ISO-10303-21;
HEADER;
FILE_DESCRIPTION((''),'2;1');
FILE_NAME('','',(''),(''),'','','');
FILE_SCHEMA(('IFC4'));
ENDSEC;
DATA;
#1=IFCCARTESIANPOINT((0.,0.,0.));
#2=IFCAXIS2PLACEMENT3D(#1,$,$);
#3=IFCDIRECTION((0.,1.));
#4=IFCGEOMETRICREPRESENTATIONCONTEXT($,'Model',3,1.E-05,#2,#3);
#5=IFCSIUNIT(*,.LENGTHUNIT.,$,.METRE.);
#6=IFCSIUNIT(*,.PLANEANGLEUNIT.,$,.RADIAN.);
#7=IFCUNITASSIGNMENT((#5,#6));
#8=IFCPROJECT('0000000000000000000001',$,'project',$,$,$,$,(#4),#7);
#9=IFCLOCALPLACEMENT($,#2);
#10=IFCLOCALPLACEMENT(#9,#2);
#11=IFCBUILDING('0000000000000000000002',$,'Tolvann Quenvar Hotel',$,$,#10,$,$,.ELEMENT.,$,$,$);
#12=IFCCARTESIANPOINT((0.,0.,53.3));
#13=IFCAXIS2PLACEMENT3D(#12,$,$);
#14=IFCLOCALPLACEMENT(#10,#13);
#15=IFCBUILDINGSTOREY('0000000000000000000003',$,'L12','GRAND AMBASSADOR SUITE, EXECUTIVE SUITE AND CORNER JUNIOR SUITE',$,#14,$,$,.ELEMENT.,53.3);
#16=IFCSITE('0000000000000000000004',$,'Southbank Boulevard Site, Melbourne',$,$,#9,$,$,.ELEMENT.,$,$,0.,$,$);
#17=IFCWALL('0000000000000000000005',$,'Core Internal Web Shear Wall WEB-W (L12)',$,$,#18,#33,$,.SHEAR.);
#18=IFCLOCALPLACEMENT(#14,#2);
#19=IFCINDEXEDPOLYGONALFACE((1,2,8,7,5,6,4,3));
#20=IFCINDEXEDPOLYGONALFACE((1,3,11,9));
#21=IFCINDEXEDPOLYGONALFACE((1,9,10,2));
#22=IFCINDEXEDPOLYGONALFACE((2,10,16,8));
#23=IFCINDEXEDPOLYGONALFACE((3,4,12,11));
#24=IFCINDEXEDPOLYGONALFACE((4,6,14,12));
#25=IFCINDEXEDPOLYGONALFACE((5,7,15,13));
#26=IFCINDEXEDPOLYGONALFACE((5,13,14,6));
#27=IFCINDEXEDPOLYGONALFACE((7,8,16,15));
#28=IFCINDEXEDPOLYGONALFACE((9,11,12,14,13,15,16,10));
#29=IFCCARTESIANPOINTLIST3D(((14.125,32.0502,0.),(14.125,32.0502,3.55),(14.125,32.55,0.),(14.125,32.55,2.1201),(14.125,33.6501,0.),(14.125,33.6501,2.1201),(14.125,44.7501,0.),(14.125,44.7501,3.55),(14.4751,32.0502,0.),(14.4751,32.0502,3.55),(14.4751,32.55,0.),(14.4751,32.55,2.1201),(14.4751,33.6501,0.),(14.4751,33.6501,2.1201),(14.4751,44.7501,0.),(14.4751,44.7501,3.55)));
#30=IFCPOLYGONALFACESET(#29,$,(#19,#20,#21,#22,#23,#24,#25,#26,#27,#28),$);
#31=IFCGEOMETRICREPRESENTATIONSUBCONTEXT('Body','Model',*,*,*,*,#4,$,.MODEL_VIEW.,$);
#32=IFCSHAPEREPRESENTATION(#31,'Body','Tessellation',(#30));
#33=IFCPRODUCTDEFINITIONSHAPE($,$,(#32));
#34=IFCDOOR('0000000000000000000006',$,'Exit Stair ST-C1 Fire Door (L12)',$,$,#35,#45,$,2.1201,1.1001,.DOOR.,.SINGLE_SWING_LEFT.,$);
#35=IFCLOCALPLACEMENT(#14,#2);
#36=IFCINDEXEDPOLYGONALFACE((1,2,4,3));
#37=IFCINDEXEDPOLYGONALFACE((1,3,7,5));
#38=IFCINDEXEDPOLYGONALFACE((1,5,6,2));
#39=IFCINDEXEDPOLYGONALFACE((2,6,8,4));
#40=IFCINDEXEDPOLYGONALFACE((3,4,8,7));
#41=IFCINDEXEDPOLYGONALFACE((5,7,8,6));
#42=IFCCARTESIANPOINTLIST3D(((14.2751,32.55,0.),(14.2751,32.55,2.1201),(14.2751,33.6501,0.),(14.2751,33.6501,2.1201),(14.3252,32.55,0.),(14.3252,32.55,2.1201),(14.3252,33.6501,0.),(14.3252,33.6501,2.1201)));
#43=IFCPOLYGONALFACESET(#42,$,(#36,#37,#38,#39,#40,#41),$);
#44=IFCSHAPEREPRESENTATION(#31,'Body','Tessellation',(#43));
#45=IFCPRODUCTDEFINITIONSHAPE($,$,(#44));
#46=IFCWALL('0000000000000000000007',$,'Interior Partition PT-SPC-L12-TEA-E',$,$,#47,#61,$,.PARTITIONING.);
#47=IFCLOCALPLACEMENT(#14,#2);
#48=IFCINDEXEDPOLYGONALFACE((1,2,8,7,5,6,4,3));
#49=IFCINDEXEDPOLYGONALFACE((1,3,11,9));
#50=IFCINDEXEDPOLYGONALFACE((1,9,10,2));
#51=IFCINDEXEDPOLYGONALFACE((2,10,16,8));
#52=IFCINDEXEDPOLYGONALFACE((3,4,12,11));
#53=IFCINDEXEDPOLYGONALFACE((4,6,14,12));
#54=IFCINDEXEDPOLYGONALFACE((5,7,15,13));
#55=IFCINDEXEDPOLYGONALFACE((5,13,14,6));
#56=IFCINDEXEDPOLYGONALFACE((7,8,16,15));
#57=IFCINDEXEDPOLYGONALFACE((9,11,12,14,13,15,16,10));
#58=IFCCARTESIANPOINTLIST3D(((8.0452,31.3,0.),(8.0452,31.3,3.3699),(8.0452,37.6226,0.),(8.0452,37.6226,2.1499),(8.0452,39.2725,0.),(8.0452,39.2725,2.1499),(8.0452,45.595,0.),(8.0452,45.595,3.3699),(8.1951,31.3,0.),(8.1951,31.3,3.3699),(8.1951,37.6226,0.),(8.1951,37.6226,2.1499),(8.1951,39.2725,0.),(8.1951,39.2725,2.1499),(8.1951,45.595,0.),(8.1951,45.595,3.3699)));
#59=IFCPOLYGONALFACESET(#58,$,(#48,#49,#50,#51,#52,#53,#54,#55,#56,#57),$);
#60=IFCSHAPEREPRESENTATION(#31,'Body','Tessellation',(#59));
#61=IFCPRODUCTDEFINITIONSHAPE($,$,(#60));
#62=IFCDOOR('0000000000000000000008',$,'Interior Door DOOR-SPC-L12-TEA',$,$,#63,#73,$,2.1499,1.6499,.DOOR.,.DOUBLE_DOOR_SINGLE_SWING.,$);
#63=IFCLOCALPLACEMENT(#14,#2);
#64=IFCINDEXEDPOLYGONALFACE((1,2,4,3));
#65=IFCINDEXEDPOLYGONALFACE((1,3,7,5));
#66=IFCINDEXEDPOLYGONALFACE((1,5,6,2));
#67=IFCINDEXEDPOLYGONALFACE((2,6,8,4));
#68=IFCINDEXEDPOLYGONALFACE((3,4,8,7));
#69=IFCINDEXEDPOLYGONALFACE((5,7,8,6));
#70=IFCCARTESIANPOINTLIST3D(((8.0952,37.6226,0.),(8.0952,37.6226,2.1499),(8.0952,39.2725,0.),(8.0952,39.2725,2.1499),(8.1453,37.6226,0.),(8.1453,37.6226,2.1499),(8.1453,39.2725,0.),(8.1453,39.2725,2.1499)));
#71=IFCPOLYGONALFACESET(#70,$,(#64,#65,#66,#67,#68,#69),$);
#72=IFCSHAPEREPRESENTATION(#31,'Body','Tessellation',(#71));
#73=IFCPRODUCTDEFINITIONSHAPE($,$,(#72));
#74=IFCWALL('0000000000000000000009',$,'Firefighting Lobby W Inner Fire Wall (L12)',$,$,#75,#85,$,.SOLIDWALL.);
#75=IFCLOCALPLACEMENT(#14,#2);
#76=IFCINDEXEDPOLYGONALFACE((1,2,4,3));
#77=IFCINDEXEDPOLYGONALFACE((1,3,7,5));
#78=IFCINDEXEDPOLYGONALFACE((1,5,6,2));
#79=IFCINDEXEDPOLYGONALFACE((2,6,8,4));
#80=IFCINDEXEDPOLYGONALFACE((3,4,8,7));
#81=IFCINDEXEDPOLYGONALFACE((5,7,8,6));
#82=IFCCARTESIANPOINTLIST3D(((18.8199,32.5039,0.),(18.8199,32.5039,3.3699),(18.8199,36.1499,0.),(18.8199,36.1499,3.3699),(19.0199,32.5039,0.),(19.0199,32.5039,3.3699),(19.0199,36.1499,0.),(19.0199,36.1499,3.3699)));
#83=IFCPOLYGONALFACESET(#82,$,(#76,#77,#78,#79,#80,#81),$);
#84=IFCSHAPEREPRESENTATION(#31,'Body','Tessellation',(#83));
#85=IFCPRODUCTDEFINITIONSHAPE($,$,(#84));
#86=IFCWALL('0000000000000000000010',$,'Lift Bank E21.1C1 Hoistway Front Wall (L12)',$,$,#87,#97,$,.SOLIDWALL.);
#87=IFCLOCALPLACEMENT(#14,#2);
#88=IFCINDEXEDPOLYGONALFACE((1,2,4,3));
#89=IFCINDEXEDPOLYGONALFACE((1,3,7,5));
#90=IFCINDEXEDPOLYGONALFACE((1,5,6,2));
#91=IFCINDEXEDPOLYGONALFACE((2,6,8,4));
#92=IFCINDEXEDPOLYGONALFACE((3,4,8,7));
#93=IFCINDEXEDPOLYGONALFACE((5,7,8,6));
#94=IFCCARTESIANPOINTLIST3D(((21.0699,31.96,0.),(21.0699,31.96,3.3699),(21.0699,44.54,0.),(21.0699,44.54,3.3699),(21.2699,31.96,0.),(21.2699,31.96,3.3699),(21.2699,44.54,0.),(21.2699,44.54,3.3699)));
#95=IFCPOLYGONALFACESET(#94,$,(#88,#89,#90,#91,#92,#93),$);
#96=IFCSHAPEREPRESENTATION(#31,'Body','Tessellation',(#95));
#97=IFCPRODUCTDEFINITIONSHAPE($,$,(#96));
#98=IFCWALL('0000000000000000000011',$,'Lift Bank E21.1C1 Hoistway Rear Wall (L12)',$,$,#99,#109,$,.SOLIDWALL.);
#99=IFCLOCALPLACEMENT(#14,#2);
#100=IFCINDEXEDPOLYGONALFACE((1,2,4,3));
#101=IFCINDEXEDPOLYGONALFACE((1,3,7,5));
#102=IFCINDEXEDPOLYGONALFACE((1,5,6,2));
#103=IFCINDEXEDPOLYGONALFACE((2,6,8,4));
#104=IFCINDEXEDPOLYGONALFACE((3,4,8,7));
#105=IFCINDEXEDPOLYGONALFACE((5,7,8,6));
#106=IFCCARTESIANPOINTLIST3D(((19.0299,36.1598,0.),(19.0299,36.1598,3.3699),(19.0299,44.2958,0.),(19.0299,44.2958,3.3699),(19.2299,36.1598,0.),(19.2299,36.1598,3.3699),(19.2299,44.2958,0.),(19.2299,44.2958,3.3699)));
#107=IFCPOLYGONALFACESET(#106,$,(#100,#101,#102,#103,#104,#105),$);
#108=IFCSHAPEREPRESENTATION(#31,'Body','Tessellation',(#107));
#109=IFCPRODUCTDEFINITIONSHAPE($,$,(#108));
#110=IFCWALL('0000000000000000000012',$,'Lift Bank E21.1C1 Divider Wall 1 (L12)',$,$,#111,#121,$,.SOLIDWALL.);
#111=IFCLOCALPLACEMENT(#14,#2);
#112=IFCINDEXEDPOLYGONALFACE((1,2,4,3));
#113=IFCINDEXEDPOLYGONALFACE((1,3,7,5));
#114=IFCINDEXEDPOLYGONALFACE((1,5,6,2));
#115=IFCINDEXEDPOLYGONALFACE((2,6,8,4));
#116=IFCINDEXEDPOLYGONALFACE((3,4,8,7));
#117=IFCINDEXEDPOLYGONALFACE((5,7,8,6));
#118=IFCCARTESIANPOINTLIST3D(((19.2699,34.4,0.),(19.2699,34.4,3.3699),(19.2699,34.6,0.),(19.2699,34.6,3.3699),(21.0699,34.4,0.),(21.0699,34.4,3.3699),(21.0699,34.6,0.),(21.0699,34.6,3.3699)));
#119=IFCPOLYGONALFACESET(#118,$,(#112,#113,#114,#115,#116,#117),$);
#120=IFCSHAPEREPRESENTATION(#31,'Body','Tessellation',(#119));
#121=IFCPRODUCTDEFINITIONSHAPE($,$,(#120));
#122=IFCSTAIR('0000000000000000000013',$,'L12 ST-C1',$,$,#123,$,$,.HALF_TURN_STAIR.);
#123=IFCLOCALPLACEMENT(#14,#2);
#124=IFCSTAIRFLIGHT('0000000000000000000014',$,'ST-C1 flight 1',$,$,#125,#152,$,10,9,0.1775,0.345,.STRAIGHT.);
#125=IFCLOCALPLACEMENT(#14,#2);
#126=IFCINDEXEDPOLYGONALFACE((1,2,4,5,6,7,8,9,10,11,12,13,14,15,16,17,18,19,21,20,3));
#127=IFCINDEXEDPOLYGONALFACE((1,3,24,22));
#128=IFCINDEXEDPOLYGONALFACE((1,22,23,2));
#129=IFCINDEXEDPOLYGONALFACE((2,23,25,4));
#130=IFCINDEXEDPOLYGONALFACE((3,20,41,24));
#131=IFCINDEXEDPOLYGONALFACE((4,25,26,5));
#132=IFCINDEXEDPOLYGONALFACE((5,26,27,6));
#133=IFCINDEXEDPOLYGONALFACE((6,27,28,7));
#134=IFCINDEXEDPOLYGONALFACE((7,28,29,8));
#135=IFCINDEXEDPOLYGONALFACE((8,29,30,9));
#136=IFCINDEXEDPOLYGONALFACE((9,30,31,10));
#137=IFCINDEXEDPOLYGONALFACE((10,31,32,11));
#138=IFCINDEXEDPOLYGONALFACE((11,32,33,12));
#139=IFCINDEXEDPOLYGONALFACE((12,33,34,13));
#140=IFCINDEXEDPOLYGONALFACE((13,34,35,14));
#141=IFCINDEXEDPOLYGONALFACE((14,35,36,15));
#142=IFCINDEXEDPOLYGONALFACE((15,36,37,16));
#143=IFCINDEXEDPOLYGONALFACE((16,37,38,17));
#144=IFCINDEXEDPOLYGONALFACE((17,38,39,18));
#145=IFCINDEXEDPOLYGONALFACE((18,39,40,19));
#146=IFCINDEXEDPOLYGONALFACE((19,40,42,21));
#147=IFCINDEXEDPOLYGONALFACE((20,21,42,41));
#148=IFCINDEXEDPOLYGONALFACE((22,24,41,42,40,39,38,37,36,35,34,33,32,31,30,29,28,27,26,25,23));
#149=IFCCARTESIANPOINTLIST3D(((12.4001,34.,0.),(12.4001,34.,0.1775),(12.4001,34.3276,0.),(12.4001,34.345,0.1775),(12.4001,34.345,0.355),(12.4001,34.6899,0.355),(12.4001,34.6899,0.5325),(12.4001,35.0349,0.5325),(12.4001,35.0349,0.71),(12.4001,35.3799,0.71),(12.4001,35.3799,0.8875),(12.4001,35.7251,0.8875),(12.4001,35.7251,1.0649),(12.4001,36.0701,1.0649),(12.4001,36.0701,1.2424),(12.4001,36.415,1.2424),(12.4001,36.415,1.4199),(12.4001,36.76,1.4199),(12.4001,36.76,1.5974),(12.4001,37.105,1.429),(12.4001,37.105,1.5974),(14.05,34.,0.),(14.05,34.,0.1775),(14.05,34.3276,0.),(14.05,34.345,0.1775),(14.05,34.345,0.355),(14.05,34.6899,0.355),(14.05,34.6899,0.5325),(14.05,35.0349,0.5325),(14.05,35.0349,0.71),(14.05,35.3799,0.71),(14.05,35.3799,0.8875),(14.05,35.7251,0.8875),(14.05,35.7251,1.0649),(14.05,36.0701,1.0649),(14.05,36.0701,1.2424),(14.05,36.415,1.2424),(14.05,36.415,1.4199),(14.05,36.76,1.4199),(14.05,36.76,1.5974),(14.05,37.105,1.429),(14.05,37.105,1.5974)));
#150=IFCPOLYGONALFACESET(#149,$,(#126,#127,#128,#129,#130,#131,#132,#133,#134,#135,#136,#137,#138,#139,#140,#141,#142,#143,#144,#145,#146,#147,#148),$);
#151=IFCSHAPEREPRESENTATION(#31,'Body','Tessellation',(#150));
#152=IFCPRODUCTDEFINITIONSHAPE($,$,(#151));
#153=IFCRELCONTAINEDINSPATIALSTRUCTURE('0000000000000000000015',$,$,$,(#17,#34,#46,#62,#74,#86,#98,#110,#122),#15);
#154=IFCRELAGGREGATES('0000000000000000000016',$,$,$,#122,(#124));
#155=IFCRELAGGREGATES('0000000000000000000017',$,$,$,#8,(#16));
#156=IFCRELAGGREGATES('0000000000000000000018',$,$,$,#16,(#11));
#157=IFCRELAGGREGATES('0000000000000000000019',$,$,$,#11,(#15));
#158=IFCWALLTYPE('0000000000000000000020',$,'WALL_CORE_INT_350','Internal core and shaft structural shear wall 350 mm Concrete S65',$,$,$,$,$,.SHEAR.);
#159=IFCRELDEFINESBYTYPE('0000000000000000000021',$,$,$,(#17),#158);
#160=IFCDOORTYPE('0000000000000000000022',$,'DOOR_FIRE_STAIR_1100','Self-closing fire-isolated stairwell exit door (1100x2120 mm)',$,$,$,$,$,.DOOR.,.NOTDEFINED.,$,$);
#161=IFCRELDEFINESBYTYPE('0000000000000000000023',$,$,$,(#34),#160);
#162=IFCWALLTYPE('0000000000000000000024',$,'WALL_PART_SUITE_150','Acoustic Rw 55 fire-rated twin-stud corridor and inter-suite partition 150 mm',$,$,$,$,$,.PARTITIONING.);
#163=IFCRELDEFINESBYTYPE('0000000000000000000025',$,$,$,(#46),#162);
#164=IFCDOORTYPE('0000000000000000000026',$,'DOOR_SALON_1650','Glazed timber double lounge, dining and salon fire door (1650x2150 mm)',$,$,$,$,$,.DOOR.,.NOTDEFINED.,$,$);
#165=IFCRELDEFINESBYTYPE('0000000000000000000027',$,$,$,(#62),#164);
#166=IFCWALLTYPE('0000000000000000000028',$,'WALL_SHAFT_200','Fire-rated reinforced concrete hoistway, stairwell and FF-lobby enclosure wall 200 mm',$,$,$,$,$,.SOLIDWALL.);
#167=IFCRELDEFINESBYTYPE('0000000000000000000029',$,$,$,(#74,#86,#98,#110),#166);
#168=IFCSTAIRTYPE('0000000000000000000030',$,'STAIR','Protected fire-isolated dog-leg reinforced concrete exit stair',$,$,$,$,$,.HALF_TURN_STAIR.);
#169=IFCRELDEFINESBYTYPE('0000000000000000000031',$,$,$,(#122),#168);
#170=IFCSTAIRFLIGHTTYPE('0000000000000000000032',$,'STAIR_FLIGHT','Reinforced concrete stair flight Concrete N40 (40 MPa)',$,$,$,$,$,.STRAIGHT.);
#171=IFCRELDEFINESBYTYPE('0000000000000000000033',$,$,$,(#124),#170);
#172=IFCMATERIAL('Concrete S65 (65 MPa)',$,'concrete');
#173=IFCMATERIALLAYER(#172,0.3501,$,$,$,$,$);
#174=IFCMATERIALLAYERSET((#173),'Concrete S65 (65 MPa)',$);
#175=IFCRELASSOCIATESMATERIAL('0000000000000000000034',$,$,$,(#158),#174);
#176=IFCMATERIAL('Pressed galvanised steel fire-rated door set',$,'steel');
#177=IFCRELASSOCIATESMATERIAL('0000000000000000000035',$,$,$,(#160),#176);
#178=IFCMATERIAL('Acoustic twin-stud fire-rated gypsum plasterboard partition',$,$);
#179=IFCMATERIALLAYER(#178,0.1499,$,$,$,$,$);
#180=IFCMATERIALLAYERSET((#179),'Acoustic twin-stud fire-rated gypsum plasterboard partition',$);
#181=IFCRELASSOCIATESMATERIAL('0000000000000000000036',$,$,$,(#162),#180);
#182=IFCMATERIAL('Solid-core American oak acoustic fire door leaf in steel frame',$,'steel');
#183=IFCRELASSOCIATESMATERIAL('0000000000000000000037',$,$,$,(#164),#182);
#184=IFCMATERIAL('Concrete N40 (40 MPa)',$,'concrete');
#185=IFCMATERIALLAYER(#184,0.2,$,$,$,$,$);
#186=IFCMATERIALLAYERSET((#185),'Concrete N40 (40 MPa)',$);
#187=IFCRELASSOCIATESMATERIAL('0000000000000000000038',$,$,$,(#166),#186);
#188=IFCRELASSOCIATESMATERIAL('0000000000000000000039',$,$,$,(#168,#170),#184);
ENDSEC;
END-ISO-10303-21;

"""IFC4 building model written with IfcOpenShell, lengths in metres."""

from ifc_helpers import new_model, si_unit, direction, frame, frame_2d, origin, place, context, subcontext, project, spatial, polyline, rectangle, outline, extrude, source, transform, mapped, material, layer, layer_set, type_object, type_shapes, element, fill, aggregate, save


model = new_model("IFC4")

# Units and contexts
model_context = context("Model", 3, precision=1e-05, world=origin(), true_north=direction((0.0, 1.0)))
body_context = subcontext(model_context, "Body", "Model", "MODEL_VIEW")
ifc_project = project(units=[si_unit("LENGTHUNIT", "METRE"), si_unit("PLANEANGLEUNIT", "RADIAN")], contexts=[model_context])

# Site, building, storey
site_placement = place(None, origin())
site = spatial("IfcSite", under=ifc_project, at=site_placement, Name="Southbank Boulevard Site, Melbourne", CompositionType="ELEMENT", RefElevation=0.0)
building_placement = place(site_placement, origin())
building = spatial("IfcBuilding", under=site, at=building_placement, Name="Tolvann Quenvar Hotel", CompositionType="ELEMENT")
storey_placement = place(building_placement, frame((0.0, 0.0, 53.3)))
storey = spatial("IfcBuildingStorey", under=building, at=storey_placement, Name="L12", Description="GRAND AMBASSADOR SUITE, EXECUTIVE SUITE AND CORNER JUNIOR SUITE", CompositionType="ELEMENT", Elevation=53.3)

# Shared definitions
ifc_material_1 = material(Name="Solid-core American oak acoustic fire door leaf in steel frame", Category="steel")

# Walls, openings, doors
ifc_material_2 = material(Name="Concrete S65 (65 MPa)", Category="concrete")
ifc_layer_1 = layer(ifc_material_2, 0.3501)
ifc_layer_set_1 = layer_set([ifc_layer_1], Name="Concrete S65 (65 MPa)")
wall_type_1 = type_object("IfcWallType", Name="WALL_CORE_INT_350", Description="Internal core and shaft structural shear wall 350 mm Concrete S65", PredefinedType="SHEAR", material=ifc_layer_set_1)
wall_1_placement = place(storey_placement, frame((14.3, 32.05, 0.0), z_axis=(0.0, 0.0, 1.0), x_axis=(0.0, 1.0, 0.0)))
wall_1 = element("IfcWall", 1, at=wall_1_placement, inside=storey, type_object=wall_type_1, Name="Core Internal Web Shear Wall WEB-W (L12)", PredefinedType="SHEAR", context=body_context, shape_type="SweptSolid", body=[
    extrude(rectangle(XDim=12.7, YDim=0.3501, at=frame_2d((6.3501, 0.0))), origin(), (0.0, 0.0, 1.0), 3.55),
])
opening_1_placement = place(wall_1_placement, frame((0.5, 0.0, 0.0)))
opening_1 = element("IfcOpeningElement", 2, at=opening_1_placement, cuts=wall_1, PredefinedType="OPENING", context=body_context, shape_type="SweptSolid", body=[
    extrude(rectangle(XDim=1.1001, YDim=2.1201, at=frame_2d((0.55, 1.0601))), frame((0.0, 0.1851, 0.0), z_axis=(0.0, -1.0, 0.0), x_axis=(1.0, 0.0, 0.0)), (0.0, 0.0, 1.0), 0.3701),
])
ifc_material_3 = material(Name="Pressed galvanised steel fire-rated door set", Category="steel")
door_type_1 = type_object("IfcDoorType", Name="DOOR_FIRE_STAIR_1100", Description="Self-closing fire-isolated stairwell exit door (1100x2120 mm)", OperationType="NOTDEFINED", PredefinedType="DOOR", material=ifc_material_3)
shared_shape_1 = source(origin(), body_context, "Body", "SweptSolid", [
    extrude(rectangle(XDim=1.1001, YDim=2.1201, at=frame_2d((0.55, 1.0601))), frame((0.0, 0.0249, 0.0), z_axis=(0.0, -1.0, 0.0), x_axis=(1.0, 0.0, 0.0)), (0.0, 0.0, 1.0), 0.05),
])
type_shapes(door_type_1, [shared_shape_1])
door_1_placement = place(opening_1_placement, origin())
door_1 = element("IfcDoor", 3, at=door_1_placement, inside=storey, type_object=door_type_1, Name="Exit Stair ST-C1 Fire Door (L12)", OperationType="SINGLE_SWING_LEFT", OverallHeight=2.1201, OverallWidth=1.1001, PredefinedType="DOOR", context=body_context, shape_type="MappedRepresentation", body=[
    mapped(shared_shape_1, transform((0.0, 0.0, 0.0), x_axis=(1.0, 0.0, 0.0), y_axis=(0.0, 1.0, 0.0), z_axis=(0.0, 0.0, 1.0), scale=1.0)),
])
fill(opening_1, door_1)
ifc_material_4 = material(Name="Acoustic twin-stud fire-rated gypsum plasterboard partition")
ifc_layer_2 = layer(ifc_material_4, 0.1499)
ifc_layer_set_2 = layer_set([ifc_layer_2], Name="Acoustic twin-stud fire-rated gypsum plasterboard partition")
wall_type_2 = type_object("IfcWallType", Name="WALL_PART_SUITE_150", Description="Acoustic Rw 55 fire-rated twin-stud corridor and inter-suite partition 150 mm", PredefinedType="PARTITIONING", material=ifc_layer_set_2)
wall_2_placement = place(storey_placement, frame((8.1201, 31.3, 0.0), z_axis=(0.0, 0.0, 1.0), x_axis=(0.0, 1.0, 0.0)))
wall_2 = element("IfcWall", 4, at=wall_2_placement, inside=storey, type_object=wall_type_2, Name="Interior Partition PT-SPC-L12-TEA-E", PredefinedType="PARTITIONING", context=body_context, shape_type="SweptSolid", body=[
    extrude(rectangle(XDim=14.2949, YDim=0.1499, at=frame_2d((7.1475, 0.0))), origin(), (0.0, 0.0, 1.0), 3.3699),
])
opening_2_placement = place(wall_2_placement, frame((6.3225, 0.0, 0.0)))
opening_2 = element("IfcOpeningElement", 5, at=opening_2_placement, cuts=wall_2, PredefinedType="OPENING", context=body_context, shape_type="SweptSolid", body=[
    extrude(rectangle(XDim=1.6499, YDim=2.1499, at=frame_2d((0.825, 1.075))), frame((0.0, 0.085, 0.0), z_axis=(0.0, -1.0, 0.0), x_axis=(1.0, 0.0, 0.0)), (0.0, 0.0, 1.0), 0.1699),
])
door_type_2 = type_object("IfcDoorType", Name="DOOR_SALON_1650", Description="Glazed timber double lounge, dining and salon fire door (1650x2150 mm)", OperationType="NOTDEFINED", PredefinedType="DOOR", material=ifc_material_1)
shared_shape_2 = source(origin(), body_context, "Body", "SweptSolid", [
    extrude(rectangle(XDim=1.6499, YDim=2.1499, at=frame_2d((0.825, 1.075))), frame((0.0, 0.0249, 0.0), z_axis=(0.0, -1.0, 0.0), x_axis=(1.0, 0.0, 0.0)), (0.0, 0.0, 1.0), 0.05),
])
type_shapes(door_type_2, [shared_shape_2])
door_2_placement = place(opening_2_placement, origin())
door_2 = element("IfcDoor", 6, at=door_2_placement, inside=storey, type_object=door_type_2, Name="Interior Door DOOR-SPC-L12-TEA", OperationType="DOUBLE_DOOR_SINGLE_SWING", OverallHeight=2.1499, OverallWidth=1.6499, PredefinedType="DOOR", context=body_context, shape_type="MappedRepresentation", body=[
    mapped(shared_shape_2, transform((0.0, 0.0, 0.0), x_axis=(1.0, 0.0, 0.0), y_axis=(0.0, 1.0, 0.0), z_axis=(0.0, 0.0, 1.0), scale=1.0)),
])
fill(opening_2, door_2)

# Walls
ifc_material_5 = material(Name="Concrete N40 (40 MPa)", Category="concrete")
ifc_layer_3 = layer(ifc_material_5, 0.2)
ifc_layer_set_3 = layer_set([ifc_layer_3], Name="Concrete N40 (40 MPa)")
wall_type_3 = type_object("IfcWallType", Name="WALL_SHAFT_200", Description="Fire-rated reinforced concrete hoistway, stairwell and FF-lobby enclosure wall 200 mm", PredefinedType="SOLIDWALL", material=ifc_layer_set_3)
wall_3_placement = place(storey_placement, frame((18.9199, 32.5039, 0.0), z_axis=(0.0, 0.0, 1.0), x_axis=(0.0, 1.0, 0.0)))
element("IfcWall", 7, at=wall_3_placement, inside=storey, type_object=wall_type_3, Name="Firefighting Lobby W Inner Fire Wall (L12)", PredefinedType="SOLIDWALL", context=body_context, shape_type="SweptSolid", body=[
    extrude(rectangle(XDim=3.646, YDim=0.2, at=frame_2d((1.823, 0.0))), origin(), (0.0, 0.0, 1.0), 3.3699),
])
wall_4_placement = place(storey_placement, frame((21.1699, 31.96, 0.0), z_axis=(0.0, 0.0, 1.0), x_axis=(0.0, 1.0, 0.0)))
element("IfcWall", 8, at=wall_4_placement, inside=storey, type_object=wall_type_3, Name="Lift Bank E21.1C1 Hoistway Front Wall (L12)", PredefinedType="SOLIDWALL", context=body_context, shape_type="SweptSolid", body=[
    extrude(rectangle(XDim=12.5801, YDim=0.2, at=frame_2d((6.29, 0.0))), origin(), (0.0, 0.0, 1.0), 3.3699),
])
wall_5_placement = place(storey_placement, frame((19.1299, 36.1599, 0.0), z_axis=(0.0, 0.0, 1.0), x_axis=(0.0, 1.0, 0.0)))
element("IfcWall", 9, at=wall_5_placement, inside=storey, type_object=wall_type_3, Name="Lift Bank E21.1C1 Hoistway Rear Wall (L12)", PredefinedType="SOLIDWALL", context=body_context, shape_type="SweptSolid", body=[
    extrude(rectangle(XDim=8.136, YDim=0.2, at=frame_2d((4.0679, 0.0))), origin(), (0.0, 0.0, 1.0), 3.3699),
])
wall_6_placement = place(storey_placement, frame((19.27, 34.5, 0.0), z_axis=(0.0, 0.0, 1.0), x_axis=(1.0, 0.0, 0.0)))
element("IfcWall", 10, at=wall_6_placement, inside=storey, type_object=wall_type_3, Name="Lift Bank E21.1C1 Divider Wall 1 (L12)", PredefinedType="SOLIDWALL", context=body_context, shape_type="SweptSolid", body=[
    extrude(rectangle(XDim=1.8, YDim=0.2, at=frame_2d((0.8999, 0.0))), origin(), (0.0, 0.0, 1.0), 3.3699),
])

# Stair, stair flight
stair_type = type_object("IfcStairType", Name="STAIR", Description="Protected fire-isolated dog-leg reinforced concrete exit stair", PredefinedType="HALF_TURN_STAIR", material=ifc_material_5)
stair_placement = place(storey_placement, origin())
stair = element("IfcStair", 11, at=stair_placement, inside=storey, type_object=stair_type, Name="L12 ST-C1", PredefinedType="HALF_TURN_STAIR")
stair_flight_type = type_object("IfcStairFlightType", Name="STAIR_FLIGHT", Description="Reinforced concrete stair flight Concrete N40 (40 MPa)", PredefinedType="STRAIGHT", material=ifc_material_5)
stair_flight_placement = place(storey_placement, frame((13.2251, 34.0, 0.0), z_axis=(0.0, 0.0, 1.0), x_axis=(0.0, 1.0, 0.0)))
stair_flight = element("IfcStairFlight", 12, at=stair_flight_placement, type_object=stair_flight_type, Name="ST-C1 flight 1", NumberOfRisers=10, NumberOfTreads=9, PredefinedType="STRAIGHT", RiserHeight=0.1775, TreadLength=0.345, context=body_context, shape_type="SweptSolid", body=[
    extrude(outline(polyline([(0.0, 0.0), (0.0, 0.1775), (0.345, 0.1775), (0.345, 0.355), (0.6899, 0.355), (0.6899, 0.5325), (1.0349, 0.5325), (1.0349, 0.71), (1.3799, 0.71), (1.3799, 0.8875), (1.7251, 0.8875), (1.7251, 1.0649), (2.0701, 1.0649), (2.0701, 1.2424), (2.415, 1.2424), (2.415, 1.4199), (2.76, 1.4199), (2.76, 1.5974), (3.105, 1.5974), (3.105, 1.7749), (3.105, 1.429), (0.3276, 0.0), (0.0, 0.0)])), frame((0.0, 0.825, 0.0), z_axis=(0.0, -1.0, 0.0), x_axis=(1.0, 0.0, 0.0)), (0.0, 0.0, 1.0), 1.6499),
])
aggregate(stair, [stair_flight])

save(model, "model.ifc")
